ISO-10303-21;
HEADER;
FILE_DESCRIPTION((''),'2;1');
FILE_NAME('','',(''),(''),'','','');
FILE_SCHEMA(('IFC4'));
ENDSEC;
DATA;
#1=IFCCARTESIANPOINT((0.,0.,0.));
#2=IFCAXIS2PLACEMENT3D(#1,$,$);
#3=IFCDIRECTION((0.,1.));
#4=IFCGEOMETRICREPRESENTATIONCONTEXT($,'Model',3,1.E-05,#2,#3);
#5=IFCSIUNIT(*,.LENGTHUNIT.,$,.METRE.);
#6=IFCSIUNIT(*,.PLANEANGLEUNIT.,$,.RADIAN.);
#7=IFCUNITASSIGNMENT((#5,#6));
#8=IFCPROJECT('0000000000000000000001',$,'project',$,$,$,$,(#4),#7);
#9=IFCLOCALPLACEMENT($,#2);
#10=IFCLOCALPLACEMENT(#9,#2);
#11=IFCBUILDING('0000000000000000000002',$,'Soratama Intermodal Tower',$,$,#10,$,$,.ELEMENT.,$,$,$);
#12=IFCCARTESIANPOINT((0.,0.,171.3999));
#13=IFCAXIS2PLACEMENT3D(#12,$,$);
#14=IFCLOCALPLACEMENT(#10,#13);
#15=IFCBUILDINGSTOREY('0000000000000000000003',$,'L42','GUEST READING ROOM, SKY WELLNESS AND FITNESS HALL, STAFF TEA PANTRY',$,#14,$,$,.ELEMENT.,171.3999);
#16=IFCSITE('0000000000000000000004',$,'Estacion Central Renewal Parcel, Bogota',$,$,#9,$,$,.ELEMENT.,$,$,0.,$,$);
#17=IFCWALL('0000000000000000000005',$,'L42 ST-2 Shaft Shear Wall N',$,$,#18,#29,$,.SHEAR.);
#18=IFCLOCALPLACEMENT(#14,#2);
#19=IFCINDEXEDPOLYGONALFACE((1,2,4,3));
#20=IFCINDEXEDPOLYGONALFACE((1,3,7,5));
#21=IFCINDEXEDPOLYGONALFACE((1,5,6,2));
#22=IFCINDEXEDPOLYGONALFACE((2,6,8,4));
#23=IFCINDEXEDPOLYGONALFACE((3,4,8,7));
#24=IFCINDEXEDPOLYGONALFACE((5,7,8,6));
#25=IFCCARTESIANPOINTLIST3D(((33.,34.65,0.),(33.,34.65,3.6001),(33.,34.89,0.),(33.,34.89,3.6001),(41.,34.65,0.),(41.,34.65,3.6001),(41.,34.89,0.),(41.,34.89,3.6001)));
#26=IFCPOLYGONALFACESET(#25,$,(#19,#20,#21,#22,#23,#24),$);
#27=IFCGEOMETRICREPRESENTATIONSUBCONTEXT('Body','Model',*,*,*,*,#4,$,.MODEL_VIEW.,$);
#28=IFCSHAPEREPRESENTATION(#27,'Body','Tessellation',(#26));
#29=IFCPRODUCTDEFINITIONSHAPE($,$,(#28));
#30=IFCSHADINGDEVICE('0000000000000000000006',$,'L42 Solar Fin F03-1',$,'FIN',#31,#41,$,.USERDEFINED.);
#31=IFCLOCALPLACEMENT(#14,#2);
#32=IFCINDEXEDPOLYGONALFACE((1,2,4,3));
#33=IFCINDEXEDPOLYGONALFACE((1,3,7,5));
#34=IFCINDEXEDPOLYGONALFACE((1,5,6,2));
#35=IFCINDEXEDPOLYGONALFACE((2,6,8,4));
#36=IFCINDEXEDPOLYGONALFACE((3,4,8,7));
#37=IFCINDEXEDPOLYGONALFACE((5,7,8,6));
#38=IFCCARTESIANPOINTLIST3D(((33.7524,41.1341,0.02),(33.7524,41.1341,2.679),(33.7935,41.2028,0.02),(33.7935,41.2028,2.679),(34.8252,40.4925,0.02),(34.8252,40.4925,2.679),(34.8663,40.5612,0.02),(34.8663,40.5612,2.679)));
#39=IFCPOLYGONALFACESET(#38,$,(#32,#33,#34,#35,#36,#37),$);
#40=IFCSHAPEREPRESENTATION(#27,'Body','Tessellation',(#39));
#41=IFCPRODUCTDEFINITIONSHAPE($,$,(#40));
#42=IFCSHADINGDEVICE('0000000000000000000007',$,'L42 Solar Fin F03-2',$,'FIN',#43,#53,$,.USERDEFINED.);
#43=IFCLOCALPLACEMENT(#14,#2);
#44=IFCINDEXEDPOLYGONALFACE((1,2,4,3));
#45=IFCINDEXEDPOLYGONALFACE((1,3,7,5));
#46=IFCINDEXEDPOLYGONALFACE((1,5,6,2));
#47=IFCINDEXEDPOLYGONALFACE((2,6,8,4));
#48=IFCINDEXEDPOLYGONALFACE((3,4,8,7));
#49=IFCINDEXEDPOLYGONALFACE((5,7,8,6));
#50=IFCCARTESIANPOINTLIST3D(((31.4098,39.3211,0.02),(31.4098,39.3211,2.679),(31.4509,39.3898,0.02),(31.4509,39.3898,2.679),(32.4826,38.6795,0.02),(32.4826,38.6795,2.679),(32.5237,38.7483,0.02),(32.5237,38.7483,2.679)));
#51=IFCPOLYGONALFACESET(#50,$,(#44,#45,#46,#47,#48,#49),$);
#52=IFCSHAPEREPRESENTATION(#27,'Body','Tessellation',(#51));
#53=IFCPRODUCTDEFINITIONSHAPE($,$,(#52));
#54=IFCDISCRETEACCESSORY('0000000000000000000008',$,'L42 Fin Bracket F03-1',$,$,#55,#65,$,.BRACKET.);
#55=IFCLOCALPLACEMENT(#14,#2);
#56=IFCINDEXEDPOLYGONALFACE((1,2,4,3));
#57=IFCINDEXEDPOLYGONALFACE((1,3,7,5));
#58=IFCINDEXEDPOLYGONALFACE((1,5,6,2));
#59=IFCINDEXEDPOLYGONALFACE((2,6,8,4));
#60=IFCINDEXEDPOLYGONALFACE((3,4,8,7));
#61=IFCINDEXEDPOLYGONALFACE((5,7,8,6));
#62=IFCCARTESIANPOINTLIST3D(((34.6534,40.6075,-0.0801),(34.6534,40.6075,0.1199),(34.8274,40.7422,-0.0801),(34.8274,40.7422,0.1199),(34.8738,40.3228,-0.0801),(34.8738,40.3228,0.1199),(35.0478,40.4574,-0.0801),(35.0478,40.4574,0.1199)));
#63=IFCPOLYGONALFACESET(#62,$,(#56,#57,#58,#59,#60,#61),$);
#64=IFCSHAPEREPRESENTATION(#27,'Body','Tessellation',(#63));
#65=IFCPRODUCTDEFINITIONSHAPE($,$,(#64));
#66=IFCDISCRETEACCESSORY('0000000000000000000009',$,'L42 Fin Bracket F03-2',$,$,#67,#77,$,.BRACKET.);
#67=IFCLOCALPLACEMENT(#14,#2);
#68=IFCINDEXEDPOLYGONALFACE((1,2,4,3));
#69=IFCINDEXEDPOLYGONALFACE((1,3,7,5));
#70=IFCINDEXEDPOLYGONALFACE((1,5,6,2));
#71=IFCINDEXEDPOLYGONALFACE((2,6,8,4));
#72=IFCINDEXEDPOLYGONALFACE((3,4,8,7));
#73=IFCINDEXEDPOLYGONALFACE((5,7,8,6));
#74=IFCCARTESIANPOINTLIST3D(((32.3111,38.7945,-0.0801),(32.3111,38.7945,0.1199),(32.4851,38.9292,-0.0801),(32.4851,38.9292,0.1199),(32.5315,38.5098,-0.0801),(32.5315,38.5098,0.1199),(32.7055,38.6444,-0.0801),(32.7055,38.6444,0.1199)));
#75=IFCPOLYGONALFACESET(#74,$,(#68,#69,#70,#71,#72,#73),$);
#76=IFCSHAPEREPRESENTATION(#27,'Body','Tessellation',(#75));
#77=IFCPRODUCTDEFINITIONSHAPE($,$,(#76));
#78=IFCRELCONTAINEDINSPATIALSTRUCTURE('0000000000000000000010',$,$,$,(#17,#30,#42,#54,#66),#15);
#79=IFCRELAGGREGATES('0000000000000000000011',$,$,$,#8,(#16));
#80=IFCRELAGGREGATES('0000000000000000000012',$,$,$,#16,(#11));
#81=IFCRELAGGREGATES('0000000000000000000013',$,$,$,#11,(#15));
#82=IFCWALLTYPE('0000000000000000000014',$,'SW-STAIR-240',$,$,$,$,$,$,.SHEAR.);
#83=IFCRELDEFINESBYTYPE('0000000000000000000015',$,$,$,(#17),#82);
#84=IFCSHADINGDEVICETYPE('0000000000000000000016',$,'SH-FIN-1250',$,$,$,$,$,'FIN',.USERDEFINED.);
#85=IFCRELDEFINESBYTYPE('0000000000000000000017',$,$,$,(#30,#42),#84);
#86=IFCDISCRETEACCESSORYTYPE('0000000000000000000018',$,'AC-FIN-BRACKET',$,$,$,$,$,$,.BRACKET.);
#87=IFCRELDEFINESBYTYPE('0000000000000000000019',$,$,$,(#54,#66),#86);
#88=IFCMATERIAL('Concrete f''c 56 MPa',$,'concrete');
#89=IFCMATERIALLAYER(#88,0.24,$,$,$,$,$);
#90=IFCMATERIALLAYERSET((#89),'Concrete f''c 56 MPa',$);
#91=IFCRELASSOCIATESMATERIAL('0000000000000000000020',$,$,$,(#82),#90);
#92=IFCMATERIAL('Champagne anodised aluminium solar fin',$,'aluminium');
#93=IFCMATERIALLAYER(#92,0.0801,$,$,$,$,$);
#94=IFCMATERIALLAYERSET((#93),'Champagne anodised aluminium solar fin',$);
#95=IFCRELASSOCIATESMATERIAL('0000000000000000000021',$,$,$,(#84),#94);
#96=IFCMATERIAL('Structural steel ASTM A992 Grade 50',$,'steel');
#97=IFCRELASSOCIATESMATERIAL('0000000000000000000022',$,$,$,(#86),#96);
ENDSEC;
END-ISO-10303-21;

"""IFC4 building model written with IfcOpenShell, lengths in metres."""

from ifc_helpers import new_model, si_unit, direction, frame, frame_2d, origin, origin_2d, place, context, subcontext, project, spatial, rectangle, extrude, material, layer, layer_set, type_object, element, save


model = new_model("IFC4")

# Units and contexts
model_context = context("Model", 3, precision=1e-05, world=origin(), true_north=direction((0.0, 1.0)))
body_context = subcontext(model_context, "Body", "Model", "MODEL_VIEW")
ifc_project = project(units=[si_unit("LENGTHUNIT", "METRE"), si_unit("PLANEANGLEUNIT", "RADIAN")], contexts=[model_context])

# Site, building, storey
site_placement = place(None, origin())
site = spatial("IfcSite", under=ifc_project, at=site_placement, Name="Estacion Central Renewal Parcel, Bogota", CompositionType="ELEMENT", RefElevation=0.0)
building_placement = place(site_placement, origin())
building = spatial("IfcBuilding", under=site, at=building_placement, Name="Soratama Intermodal Tower", CompositionType="ELEMENT")
storey_placement = place(building_placement, frame((0.0, 0.0, 171.3999)))
storey = spatial("IfcBuildingStorey", under=building, at=storey_placement, Name="L42", Description="GUEST READING ROOM, SKY WELLNESS AND FITNESS HALL, STAFF TEA PANTRY", CompositionType="ELEMENT", Elevation=171.3999)

# Wall
ifc_material_1 = material(Name="Concrete f'c 56 MPa", Category="concrete")
ifc_layer_1 = layer(ifc_material_1, 0.24)
ifc_layer_set_1 = layer_set([ifc_layer_1], Name="Concrete f'c 56 MPa")
wall_type_1 = type_object("IfcWallType", Name="SW-STAIR-240", PredefinedType="SHEAR", material=ifc_layer_set_1)
wall_1_placement = place(storey_placement, frame((33.0, 34.77, 0.0), z_axis=(0.0, 0.0, 1.0), x_axis=(1.0, 0.0, 0.0)))
element("IfcWall", 1, at=wall_1_placement, inside=storey, type_object=wall_type_1, Name="L42 ST-2 Shaft Shear Wall N", PredefinedType="SHEAR", context=body_context, shape_type="SweptSolid", body=[
    extrude(rectangle(XDim=8.0, YDim=0.24, at=frame_2d((4.0, 0.0))), origin(), (0.0, 0.0, 1.0), 3.6001),
])

# Shading devices
ifc_material_2 = material(Name="Champagne anodised aluminium solar fin", Category="aluminium")
ifc_layer_2 = layer(ifc_material_2, 0.0801)
ifc_layer_set_2 = layer_set([ifc_layer_2], Name="Champagne anodised aluminium solar fin")
shading_device_type = type_object("IfcShadingDeviceType", Name="SH-FIN-1250", ElementType="FIN", PredefinedType="USERDEFINED", material=ifc_layer_set_2)
for number, where, z_axis, x_axis, name in (
    (2, (34.3093, 40.8477, 0.02), (0.0, 0.0, 1.0), (-0.858244, 0.513242, 0.0), "L42 Solar Fin F03-1"),
    (3, (31.9668, 39.0347, 0.02), (0.0, 0.0, 1.0), (-0.858244, 0.513242, 0.0), "L42 Solar Fin F03-2"),
):
    element("IfcShadingDevice", number, at=place(storey_placement, frame(where, z_axis=z_axis, x_axis=x_axis)), inside=storey, type_object=shading_device_type, Name=name, ObjectType="FIN", PredefinedType="USERDEFINED", context=body_context, shape_type="SweptSolid", body=[
        extrude(rectangle(XDim=1.25, YDim=0.0801, at=origin_2d()), origin(), (0.0, 0.0, 1.0), 2.6589),
    ])

# Discrete accessories
ifc_material_3 = material(Name="Structural steel ASTM A992 Grade 50", Category="steel")
discrete_accessory_type = type_object("IfcDiscreteAccessoryType", Name="AC-FIN-BRACKET", PredefinedType="BRACKET", material=ifc_material_3)
for number, where, z_axis, x_axis, name in (
    (4, (34.8506, 40.5325, -0.0801), (0.0, 0.0, 1.0), (-0.612079, 0.790796, 0.0), "L42 Fin Bracket F03-1"),
    (5, (32.5083, 38.7195, -0.0801), (0.0, 0.0, 1.0), (-0.612079, 0.790796, 0.0), "L42 Fin Bracket F03-2"),
):
    element("IfcDiscreteAccessory", number, at=place(storey_placement, frame(where, z_axis=z_axis, x_axis=x_axis)), inside=storey, type_object=discrete_accessory_type, Name=name, PredefinedType="BRACKET", context=body_context, shape_type="SweptSolid", body=[
        extrude(rectangle(XDim=0.3601, YDim=0.22, at=origin_2d()), origin(), (0.0, 0.0, 1.0), 0.2),
    ])

save(model, "model.ifc")
